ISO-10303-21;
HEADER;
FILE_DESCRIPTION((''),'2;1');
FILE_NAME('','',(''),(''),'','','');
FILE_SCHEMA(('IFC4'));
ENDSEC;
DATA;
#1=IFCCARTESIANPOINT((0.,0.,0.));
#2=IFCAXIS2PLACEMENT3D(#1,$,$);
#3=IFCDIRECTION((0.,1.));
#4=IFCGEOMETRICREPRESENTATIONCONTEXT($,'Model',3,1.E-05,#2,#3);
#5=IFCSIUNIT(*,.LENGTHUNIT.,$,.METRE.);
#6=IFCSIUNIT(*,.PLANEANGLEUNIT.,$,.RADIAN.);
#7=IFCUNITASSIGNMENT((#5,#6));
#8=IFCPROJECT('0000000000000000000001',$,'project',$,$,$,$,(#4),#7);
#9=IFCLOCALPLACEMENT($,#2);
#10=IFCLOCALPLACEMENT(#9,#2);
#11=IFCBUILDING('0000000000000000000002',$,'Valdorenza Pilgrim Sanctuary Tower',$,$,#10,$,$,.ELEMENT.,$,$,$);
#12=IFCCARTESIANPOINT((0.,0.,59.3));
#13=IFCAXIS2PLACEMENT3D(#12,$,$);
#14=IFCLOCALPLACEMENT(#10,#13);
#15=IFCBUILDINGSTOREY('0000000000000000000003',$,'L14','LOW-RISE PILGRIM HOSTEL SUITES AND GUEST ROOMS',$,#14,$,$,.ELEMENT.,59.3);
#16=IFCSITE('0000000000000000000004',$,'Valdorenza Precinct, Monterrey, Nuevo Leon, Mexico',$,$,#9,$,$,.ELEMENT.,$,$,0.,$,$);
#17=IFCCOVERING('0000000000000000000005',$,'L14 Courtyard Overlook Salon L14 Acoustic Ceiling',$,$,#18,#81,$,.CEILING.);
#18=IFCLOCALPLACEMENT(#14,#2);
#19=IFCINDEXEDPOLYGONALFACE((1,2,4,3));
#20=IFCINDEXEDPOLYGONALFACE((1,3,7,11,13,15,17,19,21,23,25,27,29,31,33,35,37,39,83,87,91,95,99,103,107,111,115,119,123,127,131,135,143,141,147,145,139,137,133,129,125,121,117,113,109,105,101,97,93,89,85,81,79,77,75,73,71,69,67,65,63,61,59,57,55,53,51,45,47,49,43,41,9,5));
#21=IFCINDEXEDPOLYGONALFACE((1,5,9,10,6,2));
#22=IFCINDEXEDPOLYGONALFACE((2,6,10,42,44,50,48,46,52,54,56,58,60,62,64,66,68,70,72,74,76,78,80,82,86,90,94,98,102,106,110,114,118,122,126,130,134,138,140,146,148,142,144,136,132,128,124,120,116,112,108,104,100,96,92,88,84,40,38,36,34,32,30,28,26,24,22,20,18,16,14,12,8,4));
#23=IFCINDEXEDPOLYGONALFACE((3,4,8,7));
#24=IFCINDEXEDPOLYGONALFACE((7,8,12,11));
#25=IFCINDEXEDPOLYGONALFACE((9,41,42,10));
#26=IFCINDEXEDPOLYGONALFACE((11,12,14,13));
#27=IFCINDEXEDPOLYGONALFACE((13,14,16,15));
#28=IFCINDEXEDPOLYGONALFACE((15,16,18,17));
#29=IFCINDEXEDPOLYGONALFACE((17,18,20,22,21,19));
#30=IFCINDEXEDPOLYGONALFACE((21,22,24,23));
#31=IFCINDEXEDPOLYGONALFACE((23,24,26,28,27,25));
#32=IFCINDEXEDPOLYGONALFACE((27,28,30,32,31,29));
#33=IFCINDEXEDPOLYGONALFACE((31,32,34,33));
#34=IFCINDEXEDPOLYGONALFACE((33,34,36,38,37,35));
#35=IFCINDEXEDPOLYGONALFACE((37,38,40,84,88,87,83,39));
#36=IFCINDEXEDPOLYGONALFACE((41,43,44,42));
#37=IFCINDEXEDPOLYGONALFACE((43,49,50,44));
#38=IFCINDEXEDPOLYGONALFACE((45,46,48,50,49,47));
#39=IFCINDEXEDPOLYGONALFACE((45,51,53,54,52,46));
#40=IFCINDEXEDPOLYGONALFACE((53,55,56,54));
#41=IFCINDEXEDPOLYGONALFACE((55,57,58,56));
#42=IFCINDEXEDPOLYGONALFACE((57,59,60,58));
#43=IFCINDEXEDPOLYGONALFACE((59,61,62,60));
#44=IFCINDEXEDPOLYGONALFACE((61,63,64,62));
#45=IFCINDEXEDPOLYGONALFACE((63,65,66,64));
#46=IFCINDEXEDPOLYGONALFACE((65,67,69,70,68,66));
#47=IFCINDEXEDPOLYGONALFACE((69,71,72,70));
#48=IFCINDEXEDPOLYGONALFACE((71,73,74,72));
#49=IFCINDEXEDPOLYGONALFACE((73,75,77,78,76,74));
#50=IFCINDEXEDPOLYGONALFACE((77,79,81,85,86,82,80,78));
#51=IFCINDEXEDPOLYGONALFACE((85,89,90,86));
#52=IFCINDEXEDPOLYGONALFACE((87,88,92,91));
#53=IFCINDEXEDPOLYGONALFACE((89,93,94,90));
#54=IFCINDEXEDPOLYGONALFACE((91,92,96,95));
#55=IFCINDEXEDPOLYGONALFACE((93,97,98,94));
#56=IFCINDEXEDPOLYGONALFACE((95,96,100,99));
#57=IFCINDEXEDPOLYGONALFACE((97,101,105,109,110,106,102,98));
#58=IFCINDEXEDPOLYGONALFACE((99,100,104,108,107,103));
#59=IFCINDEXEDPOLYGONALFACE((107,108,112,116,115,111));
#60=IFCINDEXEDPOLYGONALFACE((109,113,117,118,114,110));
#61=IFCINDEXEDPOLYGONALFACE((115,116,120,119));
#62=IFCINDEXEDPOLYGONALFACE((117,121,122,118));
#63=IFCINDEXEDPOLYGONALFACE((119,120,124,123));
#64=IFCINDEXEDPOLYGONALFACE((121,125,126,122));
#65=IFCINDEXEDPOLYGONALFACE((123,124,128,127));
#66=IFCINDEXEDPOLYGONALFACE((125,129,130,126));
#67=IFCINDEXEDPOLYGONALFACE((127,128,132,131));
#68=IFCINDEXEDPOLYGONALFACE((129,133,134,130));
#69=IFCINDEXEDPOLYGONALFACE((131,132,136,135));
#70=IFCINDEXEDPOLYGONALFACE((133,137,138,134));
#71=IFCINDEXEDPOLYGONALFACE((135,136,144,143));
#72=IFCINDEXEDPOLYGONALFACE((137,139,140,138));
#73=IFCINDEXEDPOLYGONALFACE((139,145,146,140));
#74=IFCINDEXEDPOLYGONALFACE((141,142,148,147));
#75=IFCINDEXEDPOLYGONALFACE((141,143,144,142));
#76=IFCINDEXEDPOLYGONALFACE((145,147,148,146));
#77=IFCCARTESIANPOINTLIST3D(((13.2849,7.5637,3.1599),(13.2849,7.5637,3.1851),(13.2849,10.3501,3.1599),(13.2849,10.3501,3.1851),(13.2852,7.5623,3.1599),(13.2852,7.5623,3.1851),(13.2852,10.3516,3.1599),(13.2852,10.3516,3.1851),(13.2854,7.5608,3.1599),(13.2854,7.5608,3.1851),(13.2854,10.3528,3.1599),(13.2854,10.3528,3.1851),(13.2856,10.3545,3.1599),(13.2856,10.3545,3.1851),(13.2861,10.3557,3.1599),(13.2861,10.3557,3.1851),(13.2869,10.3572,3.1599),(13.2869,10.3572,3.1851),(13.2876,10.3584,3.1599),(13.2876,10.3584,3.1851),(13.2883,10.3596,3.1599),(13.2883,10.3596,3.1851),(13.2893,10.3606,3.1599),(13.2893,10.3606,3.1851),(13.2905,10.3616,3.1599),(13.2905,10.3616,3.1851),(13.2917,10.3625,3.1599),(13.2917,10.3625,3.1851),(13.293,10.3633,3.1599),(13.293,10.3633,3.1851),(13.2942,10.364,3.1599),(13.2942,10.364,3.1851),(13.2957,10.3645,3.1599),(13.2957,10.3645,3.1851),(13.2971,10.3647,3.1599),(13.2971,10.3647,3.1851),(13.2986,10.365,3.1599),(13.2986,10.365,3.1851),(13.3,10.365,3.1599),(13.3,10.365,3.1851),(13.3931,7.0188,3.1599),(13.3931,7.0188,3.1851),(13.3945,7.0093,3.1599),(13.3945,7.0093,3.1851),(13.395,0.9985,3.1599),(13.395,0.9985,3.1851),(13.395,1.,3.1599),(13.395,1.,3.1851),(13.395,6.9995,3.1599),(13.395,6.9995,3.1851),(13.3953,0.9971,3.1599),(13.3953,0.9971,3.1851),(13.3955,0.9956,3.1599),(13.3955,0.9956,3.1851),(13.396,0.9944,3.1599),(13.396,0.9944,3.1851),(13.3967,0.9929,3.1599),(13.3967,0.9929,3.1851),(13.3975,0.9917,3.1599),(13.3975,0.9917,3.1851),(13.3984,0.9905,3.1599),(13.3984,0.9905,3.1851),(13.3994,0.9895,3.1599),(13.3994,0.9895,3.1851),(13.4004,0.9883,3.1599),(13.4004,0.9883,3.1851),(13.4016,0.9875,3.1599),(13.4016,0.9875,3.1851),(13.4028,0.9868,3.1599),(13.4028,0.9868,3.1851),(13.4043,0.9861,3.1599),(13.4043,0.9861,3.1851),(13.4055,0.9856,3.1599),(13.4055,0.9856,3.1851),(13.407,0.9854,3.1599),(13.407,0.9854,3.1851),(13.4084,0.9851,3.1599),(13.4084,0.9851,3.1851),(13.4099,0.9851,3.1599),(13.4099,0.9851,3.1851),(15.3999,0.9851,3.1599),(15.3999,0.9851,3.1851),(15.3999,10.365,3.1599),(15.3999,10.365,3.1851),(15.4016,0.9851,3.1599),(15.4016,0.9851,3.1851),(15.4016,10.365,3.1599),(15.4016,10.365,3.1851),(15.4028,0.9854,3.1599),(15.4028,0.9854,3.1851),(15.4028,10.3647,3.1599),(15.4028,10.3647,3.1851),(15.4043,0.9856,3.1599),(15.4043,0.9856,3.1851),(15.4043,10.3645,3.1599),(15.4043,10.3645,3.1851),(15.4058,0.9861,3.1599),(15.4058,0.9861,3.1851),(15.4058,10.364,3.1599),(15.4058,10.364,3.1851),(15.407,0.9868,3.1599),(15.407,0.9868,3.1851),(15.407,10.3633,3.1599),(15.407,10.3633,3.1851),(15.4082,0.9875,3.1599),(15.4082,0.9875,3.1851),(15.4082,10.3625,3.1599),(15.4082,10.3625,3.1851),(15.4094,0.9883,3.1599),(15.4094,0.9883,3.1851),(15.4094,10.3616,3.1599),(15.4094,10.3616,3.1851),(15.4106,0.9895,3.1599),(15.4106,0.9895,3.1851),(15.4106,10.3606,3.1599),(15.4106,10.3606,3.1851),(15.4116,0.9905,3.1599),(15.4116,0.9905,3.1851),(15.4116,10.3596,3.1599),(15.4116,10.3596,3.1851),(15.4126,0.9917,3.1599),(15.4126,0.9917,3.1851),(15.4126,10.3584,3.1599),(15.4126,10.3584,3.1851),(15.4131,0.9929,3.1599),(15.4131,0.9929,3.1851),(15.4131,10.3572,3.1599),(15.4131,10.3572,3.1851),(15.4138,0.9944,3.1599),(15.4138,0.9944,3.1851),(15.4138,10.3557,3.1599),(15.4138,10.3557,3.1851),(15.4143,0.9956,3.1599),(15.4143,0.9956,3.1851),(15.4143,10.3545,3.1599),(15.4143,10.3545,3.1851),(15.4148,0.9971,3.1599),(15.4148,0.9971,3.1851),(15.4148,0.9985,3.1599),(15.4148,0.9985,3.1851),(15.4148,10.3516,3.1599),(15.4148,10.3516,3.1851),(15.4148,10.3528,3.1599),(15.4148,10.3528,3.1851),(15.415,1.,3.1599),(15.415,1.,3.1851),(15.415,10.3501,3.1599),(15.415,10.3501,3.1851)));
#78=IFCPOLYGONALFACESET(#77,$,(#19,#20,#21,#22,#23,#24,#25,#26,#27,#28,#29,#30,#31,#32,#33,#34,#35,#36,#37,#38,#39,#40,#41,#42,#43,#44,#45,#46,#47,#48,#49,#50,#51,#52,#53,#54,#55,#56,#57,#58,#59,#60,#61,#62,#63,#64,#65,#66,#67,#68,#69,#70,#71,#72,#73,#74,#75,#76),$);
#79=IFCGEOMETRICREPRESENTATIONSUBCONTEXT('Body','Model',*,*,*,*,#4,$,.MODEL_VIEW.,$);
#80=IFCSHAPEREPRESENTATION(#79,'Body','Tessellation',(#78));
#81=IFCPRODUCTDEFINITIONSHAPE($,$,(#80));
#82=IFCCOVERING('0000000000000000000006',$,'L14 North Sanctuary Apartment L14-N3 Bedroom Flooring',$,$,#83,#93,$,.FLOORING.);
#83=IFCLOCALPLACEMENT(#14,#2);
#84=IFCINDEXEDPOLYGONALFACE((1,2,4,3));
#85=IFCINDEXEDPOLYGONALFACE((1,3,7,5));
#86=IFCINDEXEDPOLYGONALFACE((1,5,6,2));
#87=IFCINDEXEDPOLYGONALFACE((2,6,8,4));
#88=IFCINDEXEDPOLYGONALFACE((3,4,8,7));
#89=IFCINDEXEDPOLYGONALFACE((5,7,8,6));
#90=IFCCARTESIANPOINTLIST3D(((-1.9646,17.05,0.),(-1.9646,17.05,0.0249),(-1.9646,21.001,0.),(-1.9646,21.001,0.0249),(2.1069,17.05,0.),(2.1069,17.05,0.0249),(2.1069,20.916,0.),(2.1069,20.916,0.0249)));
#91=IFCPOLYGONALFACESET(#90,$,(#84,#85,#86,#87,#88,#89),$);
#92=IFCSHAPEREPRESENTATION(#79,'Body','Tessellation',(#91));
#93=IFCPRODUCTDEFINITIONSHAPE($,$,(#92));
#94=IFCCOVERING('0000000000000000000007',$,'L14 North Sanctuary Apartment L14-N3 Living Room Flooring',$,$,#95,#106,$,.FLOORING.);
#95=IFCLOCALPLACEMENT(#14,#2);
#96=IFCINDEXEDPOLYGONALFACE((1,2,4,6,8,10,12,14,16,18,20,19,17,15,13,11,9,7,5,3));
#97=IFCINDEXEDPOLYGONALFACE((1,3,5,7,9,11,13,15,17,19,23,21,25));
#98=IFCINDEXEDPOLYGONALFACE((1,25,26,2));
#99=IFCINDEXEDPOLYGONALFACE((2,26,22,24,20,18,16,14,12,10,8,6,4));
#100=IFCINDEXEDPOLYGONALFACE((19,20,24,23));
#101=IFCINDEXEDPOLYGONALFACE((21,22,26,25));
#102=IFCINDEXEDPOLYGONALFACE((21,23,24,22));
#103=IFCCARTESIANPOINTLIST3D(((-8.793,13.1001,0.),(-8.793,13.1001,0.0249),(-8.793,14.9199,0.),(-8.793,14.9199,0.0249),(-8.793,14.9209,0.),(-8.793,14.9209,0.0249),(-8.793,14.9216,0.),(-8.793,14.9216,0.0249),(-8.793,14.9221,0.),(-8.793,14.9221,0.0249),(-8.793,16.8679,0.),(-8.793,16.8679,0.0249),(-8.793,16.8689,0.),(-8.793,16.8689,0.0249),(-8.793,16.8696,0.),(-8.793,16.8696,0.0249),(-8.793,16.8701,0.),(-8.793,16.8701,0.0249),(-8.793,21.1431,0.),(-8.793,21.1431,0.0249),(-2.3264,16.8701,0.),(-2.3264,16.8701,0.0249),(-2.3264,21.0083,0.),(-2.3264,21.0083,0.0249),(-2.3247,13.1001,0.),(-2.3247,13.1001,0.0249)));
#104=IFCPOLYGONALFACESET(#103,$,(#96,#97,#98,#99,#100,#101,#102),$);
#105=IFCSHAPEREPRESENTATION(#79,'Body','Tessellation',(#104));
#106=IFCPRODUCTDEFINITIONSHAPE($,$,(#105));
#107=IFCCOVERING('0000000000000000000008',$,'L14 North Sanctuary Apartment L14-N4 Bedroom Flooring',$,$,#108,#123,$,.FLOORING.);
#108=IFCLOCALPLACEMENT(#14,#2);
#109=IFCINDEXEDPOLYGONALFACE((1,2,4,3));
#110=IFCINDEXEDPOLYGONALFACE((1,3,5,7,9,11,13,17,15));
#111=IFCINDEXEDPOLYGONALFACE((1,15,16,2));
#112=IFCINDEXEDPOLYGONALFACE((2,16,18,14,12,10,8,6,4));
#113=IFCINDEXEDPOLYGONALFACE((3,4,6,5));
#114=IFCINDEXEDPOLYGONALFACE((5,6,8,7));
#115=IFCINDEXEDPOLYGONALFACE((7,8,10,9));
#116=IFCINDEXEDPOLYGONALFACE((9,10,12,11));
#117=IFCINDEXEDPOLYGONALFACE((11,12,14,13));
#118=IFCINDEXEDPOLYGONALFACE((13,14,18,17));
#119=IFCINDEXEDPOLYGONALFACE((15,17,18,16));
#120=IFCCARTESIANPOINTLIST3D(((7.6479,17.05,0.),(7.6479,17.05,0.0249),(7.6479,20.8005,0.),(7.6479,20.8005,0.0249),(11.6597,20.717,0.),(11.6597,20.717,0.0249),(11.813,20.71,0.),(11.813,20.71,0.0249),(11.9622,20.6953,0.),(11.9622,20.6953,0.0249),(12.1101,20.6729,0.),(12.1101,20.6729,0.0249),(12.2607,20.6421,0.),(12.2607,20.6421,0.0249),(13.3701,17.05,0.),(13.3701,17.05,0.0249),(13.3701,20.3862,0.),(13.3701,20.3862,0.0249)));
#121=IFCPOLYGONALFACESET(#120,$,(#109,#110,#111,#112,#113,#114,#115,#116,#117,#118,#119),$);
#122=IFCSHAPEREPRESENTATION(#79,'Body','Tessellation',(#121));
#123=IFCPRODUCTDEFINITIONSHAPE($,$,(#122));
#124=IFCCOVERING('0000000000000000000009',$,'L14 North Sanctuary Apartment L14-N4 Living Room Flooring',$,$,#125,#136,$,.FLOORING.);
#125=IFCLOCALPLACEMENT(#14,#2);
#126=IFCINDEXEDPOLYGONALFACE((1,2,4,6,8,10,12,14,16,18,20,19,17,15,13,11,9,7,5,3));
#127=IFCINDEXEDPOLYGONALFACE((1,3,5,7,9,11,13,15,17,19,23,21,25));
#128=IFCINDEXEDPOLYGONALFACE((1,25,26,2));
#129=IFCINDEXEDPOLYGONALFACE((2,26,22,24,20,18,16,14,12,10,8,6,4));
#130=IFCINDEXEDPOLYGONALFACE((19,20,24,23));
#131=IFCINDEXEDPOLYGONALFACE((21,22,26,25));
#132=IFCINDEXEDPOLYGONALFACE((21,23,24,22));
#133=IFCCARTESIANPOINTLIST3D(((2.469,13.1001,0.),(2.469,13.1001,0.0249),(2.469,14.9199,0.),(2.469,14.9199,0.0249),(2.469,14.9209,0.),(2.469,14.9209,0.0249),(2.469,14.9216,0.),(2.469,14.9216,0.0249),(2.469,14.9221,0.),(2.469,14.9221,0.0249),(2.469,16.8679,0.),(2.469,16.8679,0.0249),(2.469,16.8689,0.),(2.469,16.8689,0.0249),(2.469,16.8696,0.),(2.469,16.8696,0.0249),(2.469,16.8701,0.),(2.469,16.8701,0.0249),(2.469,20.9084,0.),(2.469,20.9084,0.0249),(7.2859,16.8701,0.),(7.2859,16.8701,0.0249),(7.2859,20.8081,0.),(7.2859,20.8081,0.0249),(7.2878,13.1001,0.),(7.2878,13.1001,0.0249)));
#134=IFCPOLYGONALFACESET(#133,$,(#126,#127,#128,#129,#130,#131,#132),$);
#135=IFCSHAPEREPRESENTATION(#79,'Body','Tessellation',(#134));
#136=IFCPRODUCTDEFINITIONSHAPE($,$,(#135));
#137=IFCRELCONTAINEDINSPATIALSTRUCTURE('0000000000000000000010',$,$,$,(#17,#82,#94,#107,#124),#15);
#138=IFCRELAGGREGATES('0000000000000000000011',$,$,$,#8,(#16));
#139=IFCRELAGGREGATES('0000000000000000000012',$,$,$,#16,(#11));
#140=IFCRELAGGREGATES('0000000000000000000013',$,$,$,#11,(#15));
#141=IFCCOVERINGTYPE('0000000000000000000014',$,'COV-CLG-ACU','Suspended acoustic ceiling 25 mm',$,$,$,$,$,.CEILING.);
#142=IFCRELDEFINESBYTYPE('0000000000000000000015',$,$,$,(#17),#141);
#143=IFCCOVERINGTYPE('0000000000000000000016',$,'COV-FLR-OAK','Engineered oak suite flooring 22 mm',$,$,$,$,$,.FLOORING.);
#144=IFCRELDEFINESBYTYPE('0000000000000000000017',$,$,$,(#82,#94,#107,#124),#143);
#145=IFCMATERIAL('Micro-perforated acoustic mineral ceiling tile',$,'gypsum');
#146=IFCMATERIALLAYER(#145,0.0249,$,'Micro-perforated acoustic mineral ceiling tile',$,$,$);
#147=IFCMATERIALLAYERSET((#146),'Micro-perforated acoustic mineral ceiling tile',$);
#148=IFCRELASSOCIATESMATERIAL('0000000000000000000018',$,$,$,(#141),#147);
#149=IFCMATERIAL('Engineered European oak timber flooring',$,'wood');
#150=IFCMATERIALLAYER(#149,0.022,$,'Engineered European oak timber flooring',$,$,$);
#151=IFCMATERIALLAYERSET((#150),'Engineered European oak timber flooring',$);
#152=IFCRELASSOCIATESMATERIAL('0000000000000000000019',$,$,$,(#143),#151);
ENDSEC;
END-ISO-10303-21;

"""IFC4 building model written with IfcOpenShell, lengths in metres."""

from ifc_helpers import new_model, si_unit, direction, frame, origin, place, context, subcontext, project, spatial, polyline, outline, extrude, material, layer, layer_set, type_object, element, save


model = new_model("IFC4")

# Units and contexts
model_context = context("Model", 3, precision=1e-05, world=origin(), true_north=direction((0.0, 1.0)))
body_context = subcontext(model_context, "Body", "Model", "MODEL_VIEW")
ifc_project = project(units=[si_unit("LENGTHUNIT", "METRE"), si_unit("PLANEANGLEUNIT", "RADIAN")], contexts=[model_context])

# Site, building, storey
site_placement = place(None, origin())
site = spatial("IfcSite", under=ifc_project, at=site_placement, Name="Valdorenza Precinct, Monterrey, Nuevo Leon, Mexico", CompositionType="ELEMENT", RefElevation=0.0)
building_placement = place(site_placement, origin())
building = spatial("IfcBuilding", under=site, at=building_placement, Name="Valdorenza Pilgrim Sanctuary Tower", CompositionType="ELEMENT")
storey_placement = place(building_placement, frame((0.0, 0.0, 59.3)))
storey = spatial("IfcBuildingStorey", under=building, at=storey_placement, Name="L14", Description="LOW-RISE PILGRIM HOSTEL SUITES AND GUEST ROOMS", CompositionType="ELEMENT", Elevation=59.3)

# Coverings
ifc_material_1 = material(Name="Micro-perforated acoustic mineral ceiling tile", Category="gypsum")
ifc_layer_1 = layer(ifc_material_1, 0.0249, Name="Micro-perforated acoustic mineral ceiling tile")
ifc_layer_set_1 = layer_set([ifc_layer_1], Name="Micro-perforated acoustic mineral ceiling tile")
covering_type_1 = type_object("IfcCoveringType", Name="COV-CLG-ACU", Description="Suspended acoustic ceiling 25 mm", PredefinedType="CEILING", material=ifc_layer_set_1)
covering_1_placement = place(storey_placement, frame((0.0, 0.0, 3.1599)))
element("IfcCovering", 1, at=covering_1_placement, inside=storey, type_object=covering_type_1, Name="L14 Courtyard Overlook Salon L14 Acoustic Ceiling", PredefinedType="CEILING", context=body_context, shape_type="SweptSolid", body=[
    extrude(outline(polyline([(15.3999, 10.365), (15.4016, 10.365), (15.4028, 10.3647), (15.4043, 10.3645), (15.4058, 10.364), (15.407, 10.3633), (15.4082, 10.3625), (15.4094, 10.3616), (15.4106, 10.3606), (15.4116, 10.3596), (15.4126, 10.3584), (15.4131, 10.3572), (15.4138, 10.3557), (15.4143, 10.3545), (15.4148, 10.3528), (15.4148, 10.3516), (15.415, 10.3501), (15.415, 1.0), (15.4148, 0.9985), (15.4148, 0.9971), (15.4143, 0.9956), (15.4138, 0.9944), (15.4131, 0.9929), (15.4126, 0.9917), (15.4116, 0.9905), (15.4106, 0.9895), (15.4094, 0.9883), (15.4082, 0.9875), (15.407, 0.9868), (15.4058, 0.9861), (15.4043, 0.9856), (15.4028, 0.9854), (15.4016, 0.9851), (15.3999, 0.9851), (13.4099, 0.9851), (13.4084, 0.9851), (13.407, 0.9854), (13.4055, 0.9856), (13.4043, 0.9861), (13.4028, 0.9868), (13.4016, 0.9875), (13.4004, 0.9883), (13.3994, 0.9895), (13.3984, 0.9905), (13.3975, 0.9917), (13.3967, 0.9929), (13.396, 0.9944), (13.3955, 0.9956), (13.3953, 0.9971), (13.395, 0.9985), (13.395, 1.0), (13.395, 6.9995), (13.3945, 7.0093), (13.3931, 7.0188), (13.2854, 7.5608), (13.2852, 7.5623), (13.2849, 7.5637), (13.2849, 10.3501), (13.2852, 10.3516), (13.2854, 10.3528), (13.2856, 10.3545), (13.2861, 10.3557), (13.2869, 10.3572), (13.2876, 10.3584), (13.2883, 10.3596), (13.2893, 10.3606), (13.2905, 10.3616), (13.2917, 10.3625), (13.293, 10.3633), (13.2942, 10.364), (13.2957, 10.3645), (13.2971, 10.3647), (13.2986, 10.365), (13.3, 10.365), (15.3999, 10.365)])), origin(), (0.0, 0.0, 1.0), 0.0251),
])
ifc_material_2 = material(Name="Engineered European oak timber flooring", Category="wood")
ifc_layer_2 = layer(ifc_material_2, 0.022, Name="Engineered European oak timber flooring")
ifc_layer_set_2 = layer_set([ifc_layer_2], Name="Engineered European oak timber flooring")
covering_type_2 = type_object("IfcCoveringType", Name="COV-FLR-OAK", Description="Engineered oak suite flooring 22 mm", PredefinedType="FLOORING", material=ifc_layer_set_2)
covering_2_placement = place(storey_placement, origin())
element("IfcCovering", 2, at=covering_2_placement, inside=storey, type_object=covering_type_2, Name="L14 North Sanctuary Apartment L14-N3 Bedroom Flooring", PredefinedType="FLOORING", context=body_context, shape_type="SweptSolid", body=[
    extrude(outline(polyline([(-1.9646, 17.05), (-1.9646, 21.001), (2.1069, 20.916), (2.1069, 17.05), (-1.9646, 17.05)])), origin(), (0.0, 0.0, 1.0), 0.0249),
])
covering_3_placement = place(storey_placement, origin())
element("IfcCovering", 3, at=covering_3_placement, inside=storey, type_object=covering_type_2, Name="L14 North Sanctuary Apartment L14-N3 Living Room Flooring", PredefinedType="FLOORING", context=body_context, shape_type="SweptSolid", body=[
    extrude(outline(polyline([(-8.793, 14.9216), (-8.793, 14.9221), (-8.793, 16.8679), (-8.793, 16.8689), (-8.793, 16.8696), (-8.793, 16.8701), (-8.793, 21.1431), (-2.3264, 21.0083), (-2.3264, 16.8701), (-2.3247, 13.1001), (-8.793, 13.1001), (-8.793, 14.9199), (-8.793, 14.9209), (-8.793, 14.9216)])), origin(), (0.0, 0.0, 1.0), 0.0249),
])
covering_4_placement = place(storey_placement, origin())
element("IfcCovering", 4, at=covering_4_placement, inside=storey, type_object=covering_type_2, Name="L14 North Sanctuary Apartment L14-N4 Bedroom Flooring", PredefinedType="FLOORING", context=body_context, shape_type="SweptSolid", body=[
    extrude(outline(polyline([(7.6479, 17.05), (7.6479, 20.8005), (11.6597, 20.717), (11.813, 20.71), (11.9622, 20.6953), (12.1101, 20.6729), (12.2607, 20.6421), (13.3701, 20.3862), (13.3701, 17.05), (7.6479, 17.05)])), origin(), (0.0, 0.0, 1.0), 0.0249),
])
covering_5_placement = place(storey_placement, origin())
element("IfcCovering", 5, at=covering_5_placement, inside=storey, type_object=covering_type_2, Name="L14 North Sanctuary Apartment L14-N4 Living Room Flooring", PredefinedType="FLOORING", context=body_context, shape_type="SweptSolid", body=[
    extrude(outline(polyline([(2.469, 14.9216), (2.469, 14.9221), (2.469, 16.8679), (2.469, 16.8689), (2.469, 16.8696), (2.469, 16.8701), (2.469, 20.9084), (7.2859, 20.8081), (7.2859, 16.8701), (7.2878, 13.1001), (2.469, 13.1001), (2.469, 14.9199), (2.469, 14.9209), (2.469, 14.9216)])), origin(), (0.0, 0.0, 1.0), 0.0249),
])

save(model, "model.ifc")
